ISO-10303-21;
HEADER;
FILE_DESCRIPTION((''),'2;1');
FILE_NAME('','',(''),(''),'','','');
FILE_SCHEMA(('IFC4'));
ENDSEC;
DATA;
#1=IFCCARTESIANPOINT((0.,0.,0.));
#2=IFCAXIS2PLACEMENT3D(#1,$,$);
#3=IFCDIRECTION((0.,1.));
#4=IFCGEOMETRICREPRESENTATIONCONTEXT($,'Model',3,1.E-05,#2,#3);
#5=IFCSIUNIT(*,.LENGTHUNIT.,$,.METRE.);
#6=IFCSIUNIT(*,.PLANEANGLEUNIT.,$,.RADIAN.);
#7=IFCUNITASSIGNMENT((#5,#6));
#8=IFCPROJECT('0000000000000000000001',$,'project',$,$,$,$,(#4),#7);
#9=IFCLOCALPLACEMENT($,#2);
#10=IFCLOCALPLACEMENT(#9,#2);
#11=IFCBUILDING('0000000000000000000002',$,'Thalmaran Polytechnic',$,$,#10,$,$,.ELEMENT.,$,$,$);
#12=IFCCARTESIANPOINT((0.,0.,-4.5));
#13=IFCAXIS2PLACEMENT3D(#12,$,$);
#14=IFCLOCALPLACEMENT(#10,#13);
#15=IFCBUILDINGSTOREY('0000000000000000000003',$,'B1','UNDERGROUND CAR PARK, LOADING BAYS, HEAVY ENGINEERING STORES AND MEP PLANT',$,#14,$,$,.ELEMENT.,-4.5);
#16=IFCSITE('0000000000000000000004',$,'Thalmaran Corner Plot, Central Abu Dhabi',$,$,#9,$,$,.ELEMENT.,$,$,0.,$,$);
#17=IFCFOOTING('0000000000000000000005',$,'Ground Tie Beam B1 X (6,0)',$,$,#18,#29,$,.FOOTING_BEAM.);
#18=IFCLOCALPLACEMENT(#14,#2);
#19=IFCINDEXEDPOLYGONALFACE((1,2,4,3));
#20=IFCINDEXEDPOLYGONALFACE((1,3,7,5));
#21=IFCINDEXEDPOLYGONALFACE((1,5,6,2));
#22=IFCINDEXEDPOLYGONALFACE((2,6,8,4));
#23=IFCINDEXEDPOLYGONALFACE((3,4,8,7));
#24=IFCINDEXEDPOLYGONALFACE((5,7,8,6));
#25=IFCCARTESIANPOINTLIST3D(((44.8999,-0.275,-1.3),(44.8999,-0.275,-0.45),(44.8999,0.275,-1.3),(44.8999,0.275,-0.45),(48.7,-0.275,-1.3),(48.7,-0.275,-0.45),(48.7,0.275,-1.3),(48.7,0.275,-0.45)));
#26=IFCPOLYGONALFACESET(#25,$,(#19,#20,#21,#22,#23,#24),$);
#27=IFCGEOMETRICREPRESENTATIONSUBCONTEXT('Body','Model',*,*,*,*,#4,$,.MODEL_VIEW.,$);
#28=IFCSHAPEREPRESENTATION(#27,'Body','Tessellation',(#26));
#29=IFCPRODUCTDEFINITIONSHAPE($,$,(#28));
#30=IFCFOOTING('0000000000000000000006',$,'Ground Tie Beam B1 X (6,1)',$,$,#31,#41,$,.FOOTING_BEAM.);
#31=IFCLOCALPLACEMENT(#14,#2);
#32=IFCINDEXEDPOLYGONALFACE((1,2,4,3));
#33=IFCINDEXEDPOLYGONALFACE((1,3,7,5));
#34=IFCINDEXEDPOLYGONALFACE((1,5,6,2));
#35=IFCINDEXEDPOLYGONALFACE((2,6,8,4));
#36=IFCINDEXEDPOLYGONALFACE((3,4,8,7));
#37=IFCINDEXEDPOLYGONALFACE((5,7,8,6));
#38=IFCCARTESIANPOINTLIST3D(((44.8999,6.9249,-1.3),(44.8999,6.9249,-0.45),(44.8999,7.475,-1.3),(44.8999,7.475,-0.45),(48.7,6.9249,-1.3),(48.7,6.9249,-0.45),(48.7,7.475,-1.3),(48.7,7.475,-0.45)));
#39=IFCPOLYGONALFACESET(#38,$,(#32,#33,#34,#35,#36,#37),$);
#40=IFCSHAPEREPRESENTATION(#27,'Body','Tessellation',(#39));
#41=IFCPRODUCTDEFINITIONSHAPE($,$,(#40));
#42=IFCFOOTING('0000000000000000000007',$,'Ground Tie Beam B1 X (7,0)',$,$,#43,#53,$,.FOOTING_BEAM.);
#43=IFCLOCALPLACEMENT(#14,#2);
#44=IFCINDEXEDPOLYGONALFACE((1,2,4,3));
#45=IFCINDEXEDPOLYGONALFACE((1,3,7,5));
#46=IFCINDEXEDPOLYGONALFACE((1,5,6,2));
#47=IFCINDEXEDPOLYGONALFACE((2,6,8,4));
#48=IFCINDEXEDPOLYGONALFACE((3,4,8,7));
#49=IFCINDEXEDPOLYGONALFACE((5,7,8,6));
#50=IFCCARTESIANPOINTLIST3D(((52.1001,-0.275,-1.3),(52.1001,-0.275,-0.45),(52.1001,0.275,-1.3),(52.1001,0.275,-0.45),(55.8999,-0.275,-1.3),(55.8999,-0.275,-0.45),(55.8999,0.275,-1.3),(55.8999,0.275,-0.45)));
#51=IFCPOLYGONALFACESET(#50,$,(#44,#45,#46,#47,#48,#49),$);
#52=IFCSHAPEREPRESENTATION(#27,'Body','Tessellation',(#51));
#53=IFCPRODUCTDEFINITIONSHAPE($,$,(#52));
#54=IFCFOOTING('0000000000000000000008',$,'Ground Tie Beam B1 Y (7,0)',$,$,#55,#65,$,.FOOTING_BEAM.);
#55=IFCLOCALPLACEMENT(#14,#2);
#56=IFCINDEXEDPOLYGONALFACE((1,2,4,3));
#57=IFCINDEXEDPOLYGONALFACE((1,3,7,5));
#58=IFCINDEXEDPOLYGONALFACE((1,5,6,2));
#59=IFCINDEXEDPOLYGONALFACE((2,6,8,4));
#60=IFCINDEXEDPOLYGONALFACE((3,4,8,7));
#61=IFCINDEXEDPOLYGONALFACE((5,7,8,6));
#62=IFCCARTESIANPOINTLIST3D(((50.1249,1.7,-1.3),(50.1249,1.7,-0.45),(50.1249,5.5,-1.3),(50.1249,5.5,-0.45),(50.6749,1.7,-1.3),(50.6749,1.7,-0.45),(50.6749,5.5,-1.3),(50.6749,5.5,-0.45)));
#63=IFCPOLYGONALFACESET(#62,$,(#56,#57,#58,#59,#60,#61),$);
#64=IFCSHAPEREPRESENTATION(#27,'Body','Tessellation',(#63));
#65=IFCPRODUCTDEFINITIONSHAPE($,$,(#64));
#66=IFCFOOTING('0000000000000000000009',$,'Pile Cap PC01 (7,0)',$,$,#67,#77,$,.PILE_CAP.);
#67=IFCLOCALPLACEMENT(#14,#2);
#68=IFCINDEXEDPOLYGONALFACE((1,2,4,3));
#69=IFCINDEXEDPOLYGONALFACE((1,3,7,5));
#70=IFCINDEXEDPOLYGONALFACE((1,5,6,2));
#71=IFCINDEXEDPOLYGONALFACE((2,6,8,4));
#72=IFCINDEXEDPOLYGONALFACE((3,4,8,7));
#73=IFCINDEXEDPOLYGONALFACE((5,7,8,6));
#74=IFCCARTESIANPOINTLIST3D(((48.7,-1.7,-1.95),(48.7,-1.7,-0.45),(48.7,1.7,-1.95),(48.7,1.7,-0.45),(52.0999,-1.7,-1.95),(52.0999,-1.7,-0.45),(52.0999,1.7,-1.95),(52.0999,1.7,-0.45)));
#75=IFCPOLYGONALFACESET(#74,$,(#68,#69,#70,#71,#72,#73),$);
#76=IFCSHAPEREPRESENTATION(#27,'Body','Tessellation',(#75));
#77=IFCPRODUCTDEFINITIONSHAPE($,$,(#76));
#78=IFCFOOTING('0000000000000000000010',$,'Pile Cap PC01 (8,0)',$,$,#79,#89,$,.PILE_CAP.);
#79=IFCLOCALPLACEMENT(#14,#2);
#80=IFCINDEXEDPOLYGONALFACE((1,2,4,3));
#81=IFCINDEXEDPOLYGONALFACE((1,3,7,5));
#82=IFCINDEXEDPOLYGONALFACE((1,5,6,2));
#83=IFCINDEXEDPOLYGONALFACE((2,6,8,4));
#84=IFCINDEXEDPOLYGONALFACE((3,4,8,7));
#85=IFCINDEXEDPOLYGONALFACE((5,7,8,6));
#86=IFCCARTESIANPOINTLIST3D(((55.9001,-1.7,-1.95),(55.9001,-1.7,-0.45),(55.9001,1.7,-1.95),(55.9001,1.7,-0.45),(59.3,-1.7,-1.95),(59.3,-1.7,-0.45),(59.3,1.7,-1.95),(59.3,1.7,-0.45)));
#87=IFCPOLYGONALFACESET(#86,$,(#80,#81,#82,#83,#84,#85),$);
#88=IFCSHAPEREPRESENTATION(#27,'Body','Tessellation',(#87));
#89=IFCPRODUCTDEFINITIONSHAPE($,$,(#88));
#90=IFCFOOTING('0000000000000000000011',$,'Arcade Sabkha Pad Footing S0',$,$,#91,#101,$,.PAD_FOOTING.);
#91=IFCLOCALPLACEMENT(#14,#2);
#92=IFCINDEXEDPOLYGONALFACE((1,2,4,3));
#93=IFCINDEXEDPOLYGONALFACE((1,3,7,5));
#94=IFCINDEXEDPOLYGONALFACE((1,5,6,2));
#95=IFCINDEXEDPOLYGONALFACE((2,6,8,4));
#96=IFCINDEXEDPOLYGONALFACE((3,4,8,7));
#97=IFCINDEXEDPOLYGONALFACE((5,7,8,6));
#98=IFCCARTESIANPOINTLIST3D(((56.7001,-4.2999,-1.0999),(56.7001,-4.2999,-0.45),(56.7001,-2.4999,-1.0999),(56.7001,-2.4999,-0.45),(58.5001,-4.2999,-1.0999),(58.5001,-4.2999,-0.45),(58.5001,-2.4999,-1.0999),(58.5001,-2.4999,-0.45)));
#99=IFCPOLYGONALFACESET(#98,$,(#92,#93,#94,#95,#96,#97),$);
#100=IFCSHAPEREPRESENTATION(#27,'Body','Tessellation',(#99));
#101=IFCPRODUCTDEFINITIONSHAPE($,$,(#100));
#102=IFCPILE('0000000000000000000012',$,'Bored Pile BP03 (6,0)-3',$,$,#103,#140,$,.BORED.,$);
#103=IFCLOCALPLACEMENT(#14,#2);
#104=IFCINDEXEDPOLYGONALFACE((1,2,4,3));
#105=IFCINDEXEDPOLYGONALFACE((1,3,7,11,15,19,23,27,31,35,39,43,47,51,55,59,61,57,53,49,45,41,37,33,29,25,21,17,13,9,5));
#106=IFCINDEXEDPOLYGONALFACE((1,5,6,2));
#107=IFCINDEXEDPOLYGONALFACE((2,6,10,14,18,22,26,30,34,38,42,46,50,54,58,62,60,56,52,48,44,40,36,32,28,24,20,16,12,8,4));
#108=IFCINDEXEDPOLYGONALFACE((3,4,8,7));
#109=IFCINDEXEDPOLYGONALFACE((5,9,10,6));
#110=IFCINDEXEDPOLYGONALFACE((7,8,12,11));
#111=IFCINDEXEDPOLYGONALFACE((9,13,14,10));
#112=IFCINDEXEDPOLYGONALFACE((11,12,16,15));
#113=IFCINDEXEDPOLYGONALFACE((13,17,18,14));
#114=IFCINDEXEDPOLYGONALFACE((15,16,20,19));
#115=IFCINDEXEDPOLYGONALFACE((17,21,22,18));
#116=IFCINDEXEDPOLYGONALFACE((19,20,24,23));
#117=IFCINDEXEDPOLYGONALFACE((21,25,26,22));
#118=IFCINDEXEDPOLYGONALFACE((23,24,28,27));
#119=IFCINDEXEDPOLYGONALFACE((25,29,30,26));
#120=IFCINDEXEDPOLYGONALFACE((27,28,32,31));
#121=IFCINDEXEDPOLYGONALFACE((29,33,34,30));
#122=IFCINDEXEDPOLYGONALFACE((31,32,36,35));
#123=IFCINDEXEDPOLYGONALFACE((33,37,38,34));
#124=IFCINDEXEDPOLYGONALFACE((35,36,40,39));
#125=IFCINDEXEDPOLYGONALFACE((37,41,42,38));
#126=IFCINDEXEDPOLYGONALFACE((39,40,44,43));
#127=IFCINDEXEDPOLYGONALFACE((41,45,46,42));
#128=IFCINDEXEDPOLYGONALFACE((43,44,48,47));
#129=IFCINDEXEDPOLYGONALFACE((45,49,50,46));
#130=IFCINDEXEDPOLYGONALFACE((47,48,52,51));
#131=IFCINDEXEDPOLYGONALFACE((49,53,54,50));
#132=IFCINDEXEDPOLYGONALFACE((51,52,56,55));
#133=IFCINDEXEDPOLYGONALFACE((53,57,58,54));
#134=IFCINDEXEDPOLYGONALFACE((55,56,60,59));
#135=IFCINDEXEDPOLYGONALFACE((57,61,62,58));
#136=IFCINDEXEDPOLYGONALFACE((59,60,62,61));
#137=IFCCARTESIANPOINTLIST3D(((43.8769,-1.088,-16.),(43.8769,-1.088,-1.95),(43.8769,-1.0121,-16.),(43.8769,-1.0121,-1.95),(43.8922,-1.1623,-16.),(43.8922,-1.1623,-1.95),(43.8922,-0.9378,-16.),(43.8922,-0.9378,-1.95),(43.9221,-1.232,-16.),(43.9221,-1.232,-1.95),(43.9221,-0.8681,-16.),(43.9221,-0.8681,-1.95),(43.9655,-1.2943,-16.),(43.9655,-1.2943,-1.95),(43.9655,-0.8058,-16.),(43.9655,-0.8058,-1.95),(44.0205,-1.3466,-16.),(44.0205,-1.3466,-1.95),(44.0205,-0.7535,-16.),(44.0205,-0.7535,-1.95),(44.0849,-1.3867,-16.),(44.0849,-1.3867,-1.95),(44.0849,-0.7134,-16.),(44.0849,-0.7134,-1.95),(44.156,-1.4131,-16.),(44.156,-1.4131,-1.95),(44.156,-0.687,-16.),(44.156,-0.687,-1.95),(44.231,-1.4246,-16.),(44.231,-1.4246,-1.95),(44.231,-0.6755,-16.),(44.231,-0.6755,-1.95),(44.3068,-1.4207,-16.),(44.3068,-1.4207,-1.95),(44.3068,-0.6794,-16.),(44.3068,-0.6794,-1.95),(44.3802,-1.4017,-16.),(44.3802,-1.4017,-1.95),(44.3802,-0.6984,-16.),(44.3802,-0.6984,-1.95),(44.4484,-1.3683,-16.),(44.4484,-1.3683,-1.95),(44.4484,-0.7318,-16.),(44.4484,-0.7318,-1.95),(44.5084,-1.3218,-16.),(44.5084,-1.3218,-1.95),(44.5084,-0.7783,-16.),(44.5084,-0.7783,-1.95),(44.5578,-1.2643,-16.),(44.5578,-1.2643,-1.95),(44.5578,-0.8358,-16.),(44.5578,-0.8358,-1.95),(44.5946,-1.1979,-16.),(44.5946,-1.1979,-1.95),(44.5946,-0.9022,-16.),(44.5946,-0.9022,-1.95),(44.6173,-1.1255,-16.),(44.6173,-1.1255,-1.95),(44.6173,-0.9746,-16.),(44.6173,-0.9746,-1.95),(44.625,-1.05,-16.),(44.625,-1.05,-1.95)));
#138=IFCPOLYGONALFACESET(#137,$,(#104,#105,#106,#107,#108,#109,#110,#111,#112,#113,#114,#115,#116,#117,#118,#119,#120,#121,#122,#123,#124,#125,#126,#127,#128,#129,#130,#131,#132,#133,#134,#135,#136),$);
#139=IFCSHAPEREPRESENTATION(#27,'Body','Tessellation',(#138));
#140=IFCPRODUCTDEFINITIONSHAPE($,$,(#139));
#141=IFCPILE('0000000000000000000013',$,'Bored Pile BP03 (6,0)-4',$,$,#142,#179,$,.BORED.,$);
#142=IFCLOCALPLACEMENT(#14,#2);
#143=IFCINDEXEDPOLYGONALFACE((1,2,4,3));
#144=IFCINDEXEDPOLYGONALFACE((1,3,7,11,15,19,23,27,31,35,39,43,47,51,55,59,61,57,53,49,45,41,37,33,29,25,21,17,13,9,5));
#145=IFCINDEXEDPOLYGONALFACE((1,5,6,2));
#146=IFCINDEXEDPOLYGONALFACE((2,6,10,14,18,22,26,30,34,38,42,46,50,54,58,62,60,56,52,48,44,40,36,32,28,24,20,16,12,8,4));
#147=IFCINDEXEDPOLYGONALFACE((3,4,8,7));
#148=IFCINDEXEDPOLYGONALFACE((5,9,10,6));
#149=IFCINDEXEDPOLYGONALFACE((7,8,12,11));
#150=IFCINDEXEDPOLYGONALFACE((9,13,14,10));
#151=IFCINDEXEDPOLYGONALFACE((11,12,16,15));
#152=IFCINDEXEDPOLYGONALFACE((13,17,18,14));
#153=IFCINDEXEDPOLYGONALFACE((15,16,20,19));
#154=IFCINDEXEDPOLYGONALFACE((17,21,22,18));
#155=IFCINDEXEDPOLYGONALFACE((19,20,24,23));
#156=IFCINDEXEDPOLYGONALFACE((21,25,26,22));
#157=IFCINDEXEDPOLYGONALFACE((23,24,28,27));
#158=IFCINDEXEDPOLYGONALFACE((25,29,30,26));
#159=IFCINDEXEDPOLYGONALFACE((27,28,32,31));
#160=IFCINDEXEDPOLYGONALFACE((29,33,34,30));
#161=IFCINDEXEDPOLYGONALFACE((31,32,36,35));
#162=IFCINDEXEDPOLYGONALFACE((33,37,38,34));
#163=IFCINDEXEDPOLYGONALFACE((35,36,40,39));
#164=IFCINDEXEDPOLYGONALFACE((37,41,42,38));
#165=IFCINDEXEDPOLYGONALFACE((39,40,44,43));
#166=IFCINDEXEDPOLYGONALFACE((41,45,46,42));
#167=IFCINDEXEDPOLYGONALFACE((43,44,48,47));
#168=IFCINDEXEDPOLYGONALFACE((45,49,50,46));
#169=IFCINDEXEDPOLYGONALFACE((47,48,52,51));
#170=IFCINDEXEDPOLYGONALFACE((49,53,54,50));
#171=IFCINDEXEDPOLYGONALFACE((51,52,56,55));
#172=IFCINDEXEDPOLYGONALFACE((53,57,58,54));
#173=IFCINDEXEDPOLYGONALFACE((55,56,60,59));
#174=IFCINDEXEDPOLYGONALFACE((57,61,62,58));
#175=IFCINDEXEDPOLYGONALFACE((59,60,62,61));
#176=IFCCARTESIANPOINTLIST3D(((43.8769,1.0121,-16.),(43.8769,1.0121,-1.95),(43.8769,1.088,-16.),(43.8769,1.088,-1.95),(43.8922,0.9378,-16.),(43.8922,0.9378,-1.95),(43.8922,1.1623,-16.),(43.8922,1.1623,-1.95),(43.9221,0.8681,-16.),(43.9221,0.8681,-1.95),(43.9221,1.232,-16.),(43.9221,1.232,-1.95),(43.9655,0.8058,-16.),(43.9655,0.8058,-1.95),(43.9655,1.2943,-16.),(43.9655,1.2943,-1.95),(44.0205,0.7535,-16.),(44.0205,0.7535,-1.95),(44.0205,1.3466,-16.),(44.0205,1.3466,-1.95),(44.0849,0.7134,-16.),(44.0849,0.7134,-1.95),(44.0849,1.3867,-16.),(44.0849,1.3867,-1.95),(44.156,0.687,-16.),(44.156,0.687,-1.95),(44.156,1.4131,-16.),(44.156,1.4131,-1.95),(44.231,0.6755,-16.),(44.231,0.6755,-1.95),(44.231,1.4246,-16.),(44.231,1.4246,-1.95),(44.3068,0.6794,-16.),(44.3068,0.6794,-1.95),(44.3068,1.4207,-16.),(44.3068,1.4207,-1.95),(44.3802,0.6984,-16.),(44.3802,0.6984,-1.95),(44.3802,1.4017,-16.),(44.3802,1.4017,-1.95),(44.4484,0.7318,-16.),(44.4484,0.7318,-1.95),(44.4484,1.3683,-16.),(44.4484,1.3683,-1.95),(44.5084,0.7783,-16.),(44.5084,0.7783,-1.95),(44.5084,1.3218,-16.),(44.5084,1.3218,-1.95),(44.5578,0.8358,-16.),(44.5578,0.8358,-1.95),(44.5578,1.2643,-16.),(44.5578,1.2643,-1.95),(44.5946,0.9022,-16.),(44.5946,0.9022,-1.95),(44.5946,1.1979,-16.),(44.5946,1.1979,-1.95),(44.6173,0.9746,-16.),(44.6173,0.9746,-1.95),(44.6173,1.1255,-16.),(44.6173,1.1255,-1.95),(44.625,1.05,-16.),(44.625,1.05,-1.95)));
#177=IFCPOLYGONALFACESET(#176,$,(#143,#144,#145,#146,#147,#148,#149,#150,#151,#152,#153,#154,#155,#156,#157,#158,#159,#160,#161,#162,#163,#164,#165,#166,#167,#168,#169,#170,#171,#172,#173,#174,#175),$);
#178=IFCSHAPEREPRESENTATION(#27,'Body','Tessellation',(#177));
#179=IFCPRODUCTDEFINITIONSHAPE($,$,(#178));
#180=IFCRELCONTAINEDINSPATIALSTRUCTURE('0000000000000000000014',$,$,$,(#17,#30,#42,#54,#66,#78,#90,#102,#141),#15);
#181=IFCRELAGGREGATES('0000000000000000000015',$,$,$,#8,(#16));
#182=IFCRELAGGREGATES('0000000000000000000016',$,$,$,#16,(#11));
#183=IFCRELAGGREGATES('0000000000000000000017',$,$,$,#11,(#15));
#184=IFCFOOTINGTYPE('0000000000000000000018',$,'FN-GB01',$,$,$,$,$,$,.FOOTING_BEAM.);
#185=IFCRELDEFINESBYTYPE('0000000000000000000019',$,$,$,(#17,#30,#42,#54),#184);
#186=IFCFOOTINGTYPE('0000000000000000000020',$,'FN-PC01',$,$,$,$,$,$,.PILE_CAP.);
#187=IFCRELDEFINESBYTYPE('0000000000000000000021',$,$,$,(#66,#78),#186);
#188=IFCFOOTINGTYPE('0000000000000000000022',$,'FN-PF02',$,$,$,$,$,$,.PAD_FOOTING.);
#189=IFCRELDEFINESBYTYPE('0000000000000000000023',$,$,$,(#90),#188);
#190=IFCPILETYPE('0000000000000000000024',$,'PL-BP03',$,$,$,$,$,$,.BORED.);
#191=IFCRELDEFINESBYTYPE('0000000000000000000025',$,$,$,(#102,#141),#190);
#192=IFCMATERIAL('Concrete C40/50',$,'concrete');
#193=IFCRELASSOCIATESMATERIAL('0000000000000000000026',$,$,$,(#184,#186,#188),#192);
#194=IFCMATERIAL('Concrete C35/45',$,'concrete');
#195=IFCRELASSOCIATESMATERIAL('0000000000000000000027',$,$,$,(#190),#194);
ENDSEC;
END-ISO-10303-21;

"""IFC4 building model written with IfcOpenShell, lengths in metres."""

from ifc_helpers import new_model, si_unit, direction, frame, origin, origin_2d, place, context, subcontext, project, spatial, rectangle, circle, extrude, material, material_profile, profile_set, type_object, element, save


model = new_model("IFC4")

# Units and contexts
model_context = context("Model", 3, precision=1e-05, world=origin(), true_north=direction((0.0, 1.0)))
body_context = subcontext(model_context, "Body", "Model", "MODEL_VIEW")
ifc_project = project(units=[si_unit("LENGTHUNIT", "METRE"), si_unit("PLANEANGLEUNIT", "RADIAN")], contexts=[model_context])

# Site, building, storey
site_placement = place(None, origin())
site = spatial("IfcSite", under=ifc_project, at=site_placement, Name="Thalmaran Corner Plot, Central Abu Dhabi", CompositionType="ELEMENT", RefElevation=0.0)
building_placement = place(site_placement, origin())
building = spatial("IfcBuilding", under=site, at=building_placement, Name="Thalmaran Polytechnic", CompositionType="ELEMENT")
storey_placement = place(building_placement, frame((0.0, 0.0, -4.5)))
storey = spatial("IfcBuildingStorey", under=building, at=storey_placement, Name="B1", Description="UNDERGROUND CAR PARK, LOADING BAYS, HEAVY ENGINEERING STORES AND MEP PLANT", CompositionType="ELEMENT", Elevation=-4.5)

# Footings
ifc_material_1 = material(Name="Concrete C40/50", Category="concrete")
ifc_material_profile_1 = material_profile(ifc_material_1, rectangle(XDim=0.55, YDim=0.8501, at=origin_2d()), Name="RC 550x850")
ifc_profile_set_1 = profile_set([ifc_material_profile_1], Name="Concrete C40/50")
footing_type_1 = type_object("IfcFootingType", Name="FN-GB01", PredefinedType="FOOTING_BEAM", material=ifc_profile_set_1)
for number, where, z_axis, x_axis, name in (
    (1, (44.8999, 0.0, -0.875), (1.0, 0.0, 0.0), (0.0, 1.0, 0.0), "Ground Tie Beam B1 X (6,0)"),
    (2, (44.8999, 7.2, -0.875), (1.0, 0.0, 0.0), (0.0, 1.0, 0.0), "Ground Tie Beam B1 X (6,1)"),
):
    element("IfcFooting", number, at=place(storey_placement, frame(where, z_axis=z_axis, x_axis=x_axis)), inside=storey, type_object=footing_type_1, Name=name, PredefinedType="FOOTING_BEAM", context=body_context, shape_type="SweptSolid", body=[
        extrude(rectangle(XDim=0.55, YDim=0.8501, at=origin_2d()), origin(), (0.0, 0.0, 1.0), 3.8),
    ])
footing_1_placement = place(storey_placement, frame((52.1001, 0.0, -0.875), z_axis=(1.0, 0.0, 0.0), x_axis=(0.0, 1.0, 0.0)))
element("IfcFooting", 3, at=footing_1_placement, inside=storey, type_object=footing_type_1, Name="Ground Tie Beam B1 X (7,0)", PredefinedType="FOOTING_BEAM", context=body_context, shape_type="SweptSolid", body=[
    extrude(rectangle(XDim=0.55, YDim=0.8501, at=origin_2d()), origin(), (0.0, 0.0, 1.0), 3.7998),
])
footing_2_placement = place(storey_placement, frame((50.3999, 1.7, -0.875), z_axis=(0.0, 1.0, 0.0), x_axis=(-1.0, 0.0, 0.0)))
element("IfcFooting", 4, at=footing_2_placement, inside=storey, type_object=footing_type_1, Name="Ground Tie Beam B1 Y (7,0)", PredefinedType="FOOTING_BEAM", context=body_context, shape_type="SweptSolid", body=[
    extrude(rectangle(XDim=0.55, YDim=0.8501, at=origin_2d()), origin(), (0.0, 0.0, 1.0), 3.8),
])
footing_type_2 = type_object("IfcFootingType", Name="FN-PC01", PredefinedType="PILE_CAP", material=ifc_material_1)
for number, where, z_axis, x_axis, name in (
    (5, (50.3999, 0.0, -1.95), (0.0, 0.0, 1.0), (1.0, 0.0, 0.0), "Pile Cap PC01 (7,0)"),
    (6, (57.6001, 0.0, -1.95), (0.0, 0.0, 1.0), (1.0, 0.0, 0.0), "Pile Cap PC01 (8,0)"),
):
    element("IfcFooting", number, at=place(storey_placement, frame(where, z_axis=z_axis, x_axis=x_axis)), inside=storey, type_object=footing_type_2, Name=name, PredefinedType="PILE_CAP", context=body_context, shape_type="SweptSolid", body=[
        extrude(rectangle(XDim=3.3999, YDim=3.3999, at=origin_2d()), origin(), (0.0, 0.0, 1.0), 1.5),
    ])
footing_type_3 = type_object("IfcFootingType", Name="FN-PF02", PredefinedType="PAD_FOOTING", material=ifc_material_1)
footing_3_placement = place(storey_placement, frame((57.6001, -3.3999, -1.0999), z_axis=(0.0, 0.0, 1.0), x_axis=(1.0, 0.0, 0.0)))
element("IfcFooting", 7, at=footing_3_placement, inside=storey, type_object=footing_type_3, Name="Arcade Sabkha Pad Footing S0", PredefinedType="PAD_FOOTING", context=body_context, shape_type="SweptSolid", body=[
    extrude(rectangle(XDim=1.8, YDim=1.8, at=origin_2d()), origin(), (0.0, 0.0, 1.0), 0.6499),
])

# Piles
ifc_material_2 = material(Name="Concrete C35/45", Category="concrete")
ifc_material_profile_2 = material_profile(ifc_material_2, circle(Radius=0.375, at=origin_2d()), Name="RC 750 DIA")
ifc_profile_set_2 = profile_set([ifc_material_profile_2], Name="Concrete C35/45")
pile_type = type_object("IfcPileType", Name="PL-BP03", PredefinedType="BORED", material=ifc_profile_set_2)
for number, where, z_axis, x_axis, name in (
    (8, (44.25, -1.05, -1.95), (0.0, 0.0, -1.0), (1.0, 0.0, 0.0), "Bored Pile BP03 (6,0)-3"),
    (9, (44.25, 1.05, -1.95), (0.0, 0.0, -1.0), (1.0, 0.0, 0.0), "Bored Pile BP03 (6,0)-4"),
):
    element("IfcPile", number, at=place(storey_placement, frame(where, z_axis=z_axis, x_axis=x_axis)), inside=storey, type_object=pile_type, Name=name, PredefinedType="BORED", context=body_context, shape_type="SweptSolid", body=[
        extrude(circle(Radius=0.375, at=origin_2d()), origin(), (0.0, 0.0, 1.0), 14.05),
    ])

save(model, "model.ifc")
